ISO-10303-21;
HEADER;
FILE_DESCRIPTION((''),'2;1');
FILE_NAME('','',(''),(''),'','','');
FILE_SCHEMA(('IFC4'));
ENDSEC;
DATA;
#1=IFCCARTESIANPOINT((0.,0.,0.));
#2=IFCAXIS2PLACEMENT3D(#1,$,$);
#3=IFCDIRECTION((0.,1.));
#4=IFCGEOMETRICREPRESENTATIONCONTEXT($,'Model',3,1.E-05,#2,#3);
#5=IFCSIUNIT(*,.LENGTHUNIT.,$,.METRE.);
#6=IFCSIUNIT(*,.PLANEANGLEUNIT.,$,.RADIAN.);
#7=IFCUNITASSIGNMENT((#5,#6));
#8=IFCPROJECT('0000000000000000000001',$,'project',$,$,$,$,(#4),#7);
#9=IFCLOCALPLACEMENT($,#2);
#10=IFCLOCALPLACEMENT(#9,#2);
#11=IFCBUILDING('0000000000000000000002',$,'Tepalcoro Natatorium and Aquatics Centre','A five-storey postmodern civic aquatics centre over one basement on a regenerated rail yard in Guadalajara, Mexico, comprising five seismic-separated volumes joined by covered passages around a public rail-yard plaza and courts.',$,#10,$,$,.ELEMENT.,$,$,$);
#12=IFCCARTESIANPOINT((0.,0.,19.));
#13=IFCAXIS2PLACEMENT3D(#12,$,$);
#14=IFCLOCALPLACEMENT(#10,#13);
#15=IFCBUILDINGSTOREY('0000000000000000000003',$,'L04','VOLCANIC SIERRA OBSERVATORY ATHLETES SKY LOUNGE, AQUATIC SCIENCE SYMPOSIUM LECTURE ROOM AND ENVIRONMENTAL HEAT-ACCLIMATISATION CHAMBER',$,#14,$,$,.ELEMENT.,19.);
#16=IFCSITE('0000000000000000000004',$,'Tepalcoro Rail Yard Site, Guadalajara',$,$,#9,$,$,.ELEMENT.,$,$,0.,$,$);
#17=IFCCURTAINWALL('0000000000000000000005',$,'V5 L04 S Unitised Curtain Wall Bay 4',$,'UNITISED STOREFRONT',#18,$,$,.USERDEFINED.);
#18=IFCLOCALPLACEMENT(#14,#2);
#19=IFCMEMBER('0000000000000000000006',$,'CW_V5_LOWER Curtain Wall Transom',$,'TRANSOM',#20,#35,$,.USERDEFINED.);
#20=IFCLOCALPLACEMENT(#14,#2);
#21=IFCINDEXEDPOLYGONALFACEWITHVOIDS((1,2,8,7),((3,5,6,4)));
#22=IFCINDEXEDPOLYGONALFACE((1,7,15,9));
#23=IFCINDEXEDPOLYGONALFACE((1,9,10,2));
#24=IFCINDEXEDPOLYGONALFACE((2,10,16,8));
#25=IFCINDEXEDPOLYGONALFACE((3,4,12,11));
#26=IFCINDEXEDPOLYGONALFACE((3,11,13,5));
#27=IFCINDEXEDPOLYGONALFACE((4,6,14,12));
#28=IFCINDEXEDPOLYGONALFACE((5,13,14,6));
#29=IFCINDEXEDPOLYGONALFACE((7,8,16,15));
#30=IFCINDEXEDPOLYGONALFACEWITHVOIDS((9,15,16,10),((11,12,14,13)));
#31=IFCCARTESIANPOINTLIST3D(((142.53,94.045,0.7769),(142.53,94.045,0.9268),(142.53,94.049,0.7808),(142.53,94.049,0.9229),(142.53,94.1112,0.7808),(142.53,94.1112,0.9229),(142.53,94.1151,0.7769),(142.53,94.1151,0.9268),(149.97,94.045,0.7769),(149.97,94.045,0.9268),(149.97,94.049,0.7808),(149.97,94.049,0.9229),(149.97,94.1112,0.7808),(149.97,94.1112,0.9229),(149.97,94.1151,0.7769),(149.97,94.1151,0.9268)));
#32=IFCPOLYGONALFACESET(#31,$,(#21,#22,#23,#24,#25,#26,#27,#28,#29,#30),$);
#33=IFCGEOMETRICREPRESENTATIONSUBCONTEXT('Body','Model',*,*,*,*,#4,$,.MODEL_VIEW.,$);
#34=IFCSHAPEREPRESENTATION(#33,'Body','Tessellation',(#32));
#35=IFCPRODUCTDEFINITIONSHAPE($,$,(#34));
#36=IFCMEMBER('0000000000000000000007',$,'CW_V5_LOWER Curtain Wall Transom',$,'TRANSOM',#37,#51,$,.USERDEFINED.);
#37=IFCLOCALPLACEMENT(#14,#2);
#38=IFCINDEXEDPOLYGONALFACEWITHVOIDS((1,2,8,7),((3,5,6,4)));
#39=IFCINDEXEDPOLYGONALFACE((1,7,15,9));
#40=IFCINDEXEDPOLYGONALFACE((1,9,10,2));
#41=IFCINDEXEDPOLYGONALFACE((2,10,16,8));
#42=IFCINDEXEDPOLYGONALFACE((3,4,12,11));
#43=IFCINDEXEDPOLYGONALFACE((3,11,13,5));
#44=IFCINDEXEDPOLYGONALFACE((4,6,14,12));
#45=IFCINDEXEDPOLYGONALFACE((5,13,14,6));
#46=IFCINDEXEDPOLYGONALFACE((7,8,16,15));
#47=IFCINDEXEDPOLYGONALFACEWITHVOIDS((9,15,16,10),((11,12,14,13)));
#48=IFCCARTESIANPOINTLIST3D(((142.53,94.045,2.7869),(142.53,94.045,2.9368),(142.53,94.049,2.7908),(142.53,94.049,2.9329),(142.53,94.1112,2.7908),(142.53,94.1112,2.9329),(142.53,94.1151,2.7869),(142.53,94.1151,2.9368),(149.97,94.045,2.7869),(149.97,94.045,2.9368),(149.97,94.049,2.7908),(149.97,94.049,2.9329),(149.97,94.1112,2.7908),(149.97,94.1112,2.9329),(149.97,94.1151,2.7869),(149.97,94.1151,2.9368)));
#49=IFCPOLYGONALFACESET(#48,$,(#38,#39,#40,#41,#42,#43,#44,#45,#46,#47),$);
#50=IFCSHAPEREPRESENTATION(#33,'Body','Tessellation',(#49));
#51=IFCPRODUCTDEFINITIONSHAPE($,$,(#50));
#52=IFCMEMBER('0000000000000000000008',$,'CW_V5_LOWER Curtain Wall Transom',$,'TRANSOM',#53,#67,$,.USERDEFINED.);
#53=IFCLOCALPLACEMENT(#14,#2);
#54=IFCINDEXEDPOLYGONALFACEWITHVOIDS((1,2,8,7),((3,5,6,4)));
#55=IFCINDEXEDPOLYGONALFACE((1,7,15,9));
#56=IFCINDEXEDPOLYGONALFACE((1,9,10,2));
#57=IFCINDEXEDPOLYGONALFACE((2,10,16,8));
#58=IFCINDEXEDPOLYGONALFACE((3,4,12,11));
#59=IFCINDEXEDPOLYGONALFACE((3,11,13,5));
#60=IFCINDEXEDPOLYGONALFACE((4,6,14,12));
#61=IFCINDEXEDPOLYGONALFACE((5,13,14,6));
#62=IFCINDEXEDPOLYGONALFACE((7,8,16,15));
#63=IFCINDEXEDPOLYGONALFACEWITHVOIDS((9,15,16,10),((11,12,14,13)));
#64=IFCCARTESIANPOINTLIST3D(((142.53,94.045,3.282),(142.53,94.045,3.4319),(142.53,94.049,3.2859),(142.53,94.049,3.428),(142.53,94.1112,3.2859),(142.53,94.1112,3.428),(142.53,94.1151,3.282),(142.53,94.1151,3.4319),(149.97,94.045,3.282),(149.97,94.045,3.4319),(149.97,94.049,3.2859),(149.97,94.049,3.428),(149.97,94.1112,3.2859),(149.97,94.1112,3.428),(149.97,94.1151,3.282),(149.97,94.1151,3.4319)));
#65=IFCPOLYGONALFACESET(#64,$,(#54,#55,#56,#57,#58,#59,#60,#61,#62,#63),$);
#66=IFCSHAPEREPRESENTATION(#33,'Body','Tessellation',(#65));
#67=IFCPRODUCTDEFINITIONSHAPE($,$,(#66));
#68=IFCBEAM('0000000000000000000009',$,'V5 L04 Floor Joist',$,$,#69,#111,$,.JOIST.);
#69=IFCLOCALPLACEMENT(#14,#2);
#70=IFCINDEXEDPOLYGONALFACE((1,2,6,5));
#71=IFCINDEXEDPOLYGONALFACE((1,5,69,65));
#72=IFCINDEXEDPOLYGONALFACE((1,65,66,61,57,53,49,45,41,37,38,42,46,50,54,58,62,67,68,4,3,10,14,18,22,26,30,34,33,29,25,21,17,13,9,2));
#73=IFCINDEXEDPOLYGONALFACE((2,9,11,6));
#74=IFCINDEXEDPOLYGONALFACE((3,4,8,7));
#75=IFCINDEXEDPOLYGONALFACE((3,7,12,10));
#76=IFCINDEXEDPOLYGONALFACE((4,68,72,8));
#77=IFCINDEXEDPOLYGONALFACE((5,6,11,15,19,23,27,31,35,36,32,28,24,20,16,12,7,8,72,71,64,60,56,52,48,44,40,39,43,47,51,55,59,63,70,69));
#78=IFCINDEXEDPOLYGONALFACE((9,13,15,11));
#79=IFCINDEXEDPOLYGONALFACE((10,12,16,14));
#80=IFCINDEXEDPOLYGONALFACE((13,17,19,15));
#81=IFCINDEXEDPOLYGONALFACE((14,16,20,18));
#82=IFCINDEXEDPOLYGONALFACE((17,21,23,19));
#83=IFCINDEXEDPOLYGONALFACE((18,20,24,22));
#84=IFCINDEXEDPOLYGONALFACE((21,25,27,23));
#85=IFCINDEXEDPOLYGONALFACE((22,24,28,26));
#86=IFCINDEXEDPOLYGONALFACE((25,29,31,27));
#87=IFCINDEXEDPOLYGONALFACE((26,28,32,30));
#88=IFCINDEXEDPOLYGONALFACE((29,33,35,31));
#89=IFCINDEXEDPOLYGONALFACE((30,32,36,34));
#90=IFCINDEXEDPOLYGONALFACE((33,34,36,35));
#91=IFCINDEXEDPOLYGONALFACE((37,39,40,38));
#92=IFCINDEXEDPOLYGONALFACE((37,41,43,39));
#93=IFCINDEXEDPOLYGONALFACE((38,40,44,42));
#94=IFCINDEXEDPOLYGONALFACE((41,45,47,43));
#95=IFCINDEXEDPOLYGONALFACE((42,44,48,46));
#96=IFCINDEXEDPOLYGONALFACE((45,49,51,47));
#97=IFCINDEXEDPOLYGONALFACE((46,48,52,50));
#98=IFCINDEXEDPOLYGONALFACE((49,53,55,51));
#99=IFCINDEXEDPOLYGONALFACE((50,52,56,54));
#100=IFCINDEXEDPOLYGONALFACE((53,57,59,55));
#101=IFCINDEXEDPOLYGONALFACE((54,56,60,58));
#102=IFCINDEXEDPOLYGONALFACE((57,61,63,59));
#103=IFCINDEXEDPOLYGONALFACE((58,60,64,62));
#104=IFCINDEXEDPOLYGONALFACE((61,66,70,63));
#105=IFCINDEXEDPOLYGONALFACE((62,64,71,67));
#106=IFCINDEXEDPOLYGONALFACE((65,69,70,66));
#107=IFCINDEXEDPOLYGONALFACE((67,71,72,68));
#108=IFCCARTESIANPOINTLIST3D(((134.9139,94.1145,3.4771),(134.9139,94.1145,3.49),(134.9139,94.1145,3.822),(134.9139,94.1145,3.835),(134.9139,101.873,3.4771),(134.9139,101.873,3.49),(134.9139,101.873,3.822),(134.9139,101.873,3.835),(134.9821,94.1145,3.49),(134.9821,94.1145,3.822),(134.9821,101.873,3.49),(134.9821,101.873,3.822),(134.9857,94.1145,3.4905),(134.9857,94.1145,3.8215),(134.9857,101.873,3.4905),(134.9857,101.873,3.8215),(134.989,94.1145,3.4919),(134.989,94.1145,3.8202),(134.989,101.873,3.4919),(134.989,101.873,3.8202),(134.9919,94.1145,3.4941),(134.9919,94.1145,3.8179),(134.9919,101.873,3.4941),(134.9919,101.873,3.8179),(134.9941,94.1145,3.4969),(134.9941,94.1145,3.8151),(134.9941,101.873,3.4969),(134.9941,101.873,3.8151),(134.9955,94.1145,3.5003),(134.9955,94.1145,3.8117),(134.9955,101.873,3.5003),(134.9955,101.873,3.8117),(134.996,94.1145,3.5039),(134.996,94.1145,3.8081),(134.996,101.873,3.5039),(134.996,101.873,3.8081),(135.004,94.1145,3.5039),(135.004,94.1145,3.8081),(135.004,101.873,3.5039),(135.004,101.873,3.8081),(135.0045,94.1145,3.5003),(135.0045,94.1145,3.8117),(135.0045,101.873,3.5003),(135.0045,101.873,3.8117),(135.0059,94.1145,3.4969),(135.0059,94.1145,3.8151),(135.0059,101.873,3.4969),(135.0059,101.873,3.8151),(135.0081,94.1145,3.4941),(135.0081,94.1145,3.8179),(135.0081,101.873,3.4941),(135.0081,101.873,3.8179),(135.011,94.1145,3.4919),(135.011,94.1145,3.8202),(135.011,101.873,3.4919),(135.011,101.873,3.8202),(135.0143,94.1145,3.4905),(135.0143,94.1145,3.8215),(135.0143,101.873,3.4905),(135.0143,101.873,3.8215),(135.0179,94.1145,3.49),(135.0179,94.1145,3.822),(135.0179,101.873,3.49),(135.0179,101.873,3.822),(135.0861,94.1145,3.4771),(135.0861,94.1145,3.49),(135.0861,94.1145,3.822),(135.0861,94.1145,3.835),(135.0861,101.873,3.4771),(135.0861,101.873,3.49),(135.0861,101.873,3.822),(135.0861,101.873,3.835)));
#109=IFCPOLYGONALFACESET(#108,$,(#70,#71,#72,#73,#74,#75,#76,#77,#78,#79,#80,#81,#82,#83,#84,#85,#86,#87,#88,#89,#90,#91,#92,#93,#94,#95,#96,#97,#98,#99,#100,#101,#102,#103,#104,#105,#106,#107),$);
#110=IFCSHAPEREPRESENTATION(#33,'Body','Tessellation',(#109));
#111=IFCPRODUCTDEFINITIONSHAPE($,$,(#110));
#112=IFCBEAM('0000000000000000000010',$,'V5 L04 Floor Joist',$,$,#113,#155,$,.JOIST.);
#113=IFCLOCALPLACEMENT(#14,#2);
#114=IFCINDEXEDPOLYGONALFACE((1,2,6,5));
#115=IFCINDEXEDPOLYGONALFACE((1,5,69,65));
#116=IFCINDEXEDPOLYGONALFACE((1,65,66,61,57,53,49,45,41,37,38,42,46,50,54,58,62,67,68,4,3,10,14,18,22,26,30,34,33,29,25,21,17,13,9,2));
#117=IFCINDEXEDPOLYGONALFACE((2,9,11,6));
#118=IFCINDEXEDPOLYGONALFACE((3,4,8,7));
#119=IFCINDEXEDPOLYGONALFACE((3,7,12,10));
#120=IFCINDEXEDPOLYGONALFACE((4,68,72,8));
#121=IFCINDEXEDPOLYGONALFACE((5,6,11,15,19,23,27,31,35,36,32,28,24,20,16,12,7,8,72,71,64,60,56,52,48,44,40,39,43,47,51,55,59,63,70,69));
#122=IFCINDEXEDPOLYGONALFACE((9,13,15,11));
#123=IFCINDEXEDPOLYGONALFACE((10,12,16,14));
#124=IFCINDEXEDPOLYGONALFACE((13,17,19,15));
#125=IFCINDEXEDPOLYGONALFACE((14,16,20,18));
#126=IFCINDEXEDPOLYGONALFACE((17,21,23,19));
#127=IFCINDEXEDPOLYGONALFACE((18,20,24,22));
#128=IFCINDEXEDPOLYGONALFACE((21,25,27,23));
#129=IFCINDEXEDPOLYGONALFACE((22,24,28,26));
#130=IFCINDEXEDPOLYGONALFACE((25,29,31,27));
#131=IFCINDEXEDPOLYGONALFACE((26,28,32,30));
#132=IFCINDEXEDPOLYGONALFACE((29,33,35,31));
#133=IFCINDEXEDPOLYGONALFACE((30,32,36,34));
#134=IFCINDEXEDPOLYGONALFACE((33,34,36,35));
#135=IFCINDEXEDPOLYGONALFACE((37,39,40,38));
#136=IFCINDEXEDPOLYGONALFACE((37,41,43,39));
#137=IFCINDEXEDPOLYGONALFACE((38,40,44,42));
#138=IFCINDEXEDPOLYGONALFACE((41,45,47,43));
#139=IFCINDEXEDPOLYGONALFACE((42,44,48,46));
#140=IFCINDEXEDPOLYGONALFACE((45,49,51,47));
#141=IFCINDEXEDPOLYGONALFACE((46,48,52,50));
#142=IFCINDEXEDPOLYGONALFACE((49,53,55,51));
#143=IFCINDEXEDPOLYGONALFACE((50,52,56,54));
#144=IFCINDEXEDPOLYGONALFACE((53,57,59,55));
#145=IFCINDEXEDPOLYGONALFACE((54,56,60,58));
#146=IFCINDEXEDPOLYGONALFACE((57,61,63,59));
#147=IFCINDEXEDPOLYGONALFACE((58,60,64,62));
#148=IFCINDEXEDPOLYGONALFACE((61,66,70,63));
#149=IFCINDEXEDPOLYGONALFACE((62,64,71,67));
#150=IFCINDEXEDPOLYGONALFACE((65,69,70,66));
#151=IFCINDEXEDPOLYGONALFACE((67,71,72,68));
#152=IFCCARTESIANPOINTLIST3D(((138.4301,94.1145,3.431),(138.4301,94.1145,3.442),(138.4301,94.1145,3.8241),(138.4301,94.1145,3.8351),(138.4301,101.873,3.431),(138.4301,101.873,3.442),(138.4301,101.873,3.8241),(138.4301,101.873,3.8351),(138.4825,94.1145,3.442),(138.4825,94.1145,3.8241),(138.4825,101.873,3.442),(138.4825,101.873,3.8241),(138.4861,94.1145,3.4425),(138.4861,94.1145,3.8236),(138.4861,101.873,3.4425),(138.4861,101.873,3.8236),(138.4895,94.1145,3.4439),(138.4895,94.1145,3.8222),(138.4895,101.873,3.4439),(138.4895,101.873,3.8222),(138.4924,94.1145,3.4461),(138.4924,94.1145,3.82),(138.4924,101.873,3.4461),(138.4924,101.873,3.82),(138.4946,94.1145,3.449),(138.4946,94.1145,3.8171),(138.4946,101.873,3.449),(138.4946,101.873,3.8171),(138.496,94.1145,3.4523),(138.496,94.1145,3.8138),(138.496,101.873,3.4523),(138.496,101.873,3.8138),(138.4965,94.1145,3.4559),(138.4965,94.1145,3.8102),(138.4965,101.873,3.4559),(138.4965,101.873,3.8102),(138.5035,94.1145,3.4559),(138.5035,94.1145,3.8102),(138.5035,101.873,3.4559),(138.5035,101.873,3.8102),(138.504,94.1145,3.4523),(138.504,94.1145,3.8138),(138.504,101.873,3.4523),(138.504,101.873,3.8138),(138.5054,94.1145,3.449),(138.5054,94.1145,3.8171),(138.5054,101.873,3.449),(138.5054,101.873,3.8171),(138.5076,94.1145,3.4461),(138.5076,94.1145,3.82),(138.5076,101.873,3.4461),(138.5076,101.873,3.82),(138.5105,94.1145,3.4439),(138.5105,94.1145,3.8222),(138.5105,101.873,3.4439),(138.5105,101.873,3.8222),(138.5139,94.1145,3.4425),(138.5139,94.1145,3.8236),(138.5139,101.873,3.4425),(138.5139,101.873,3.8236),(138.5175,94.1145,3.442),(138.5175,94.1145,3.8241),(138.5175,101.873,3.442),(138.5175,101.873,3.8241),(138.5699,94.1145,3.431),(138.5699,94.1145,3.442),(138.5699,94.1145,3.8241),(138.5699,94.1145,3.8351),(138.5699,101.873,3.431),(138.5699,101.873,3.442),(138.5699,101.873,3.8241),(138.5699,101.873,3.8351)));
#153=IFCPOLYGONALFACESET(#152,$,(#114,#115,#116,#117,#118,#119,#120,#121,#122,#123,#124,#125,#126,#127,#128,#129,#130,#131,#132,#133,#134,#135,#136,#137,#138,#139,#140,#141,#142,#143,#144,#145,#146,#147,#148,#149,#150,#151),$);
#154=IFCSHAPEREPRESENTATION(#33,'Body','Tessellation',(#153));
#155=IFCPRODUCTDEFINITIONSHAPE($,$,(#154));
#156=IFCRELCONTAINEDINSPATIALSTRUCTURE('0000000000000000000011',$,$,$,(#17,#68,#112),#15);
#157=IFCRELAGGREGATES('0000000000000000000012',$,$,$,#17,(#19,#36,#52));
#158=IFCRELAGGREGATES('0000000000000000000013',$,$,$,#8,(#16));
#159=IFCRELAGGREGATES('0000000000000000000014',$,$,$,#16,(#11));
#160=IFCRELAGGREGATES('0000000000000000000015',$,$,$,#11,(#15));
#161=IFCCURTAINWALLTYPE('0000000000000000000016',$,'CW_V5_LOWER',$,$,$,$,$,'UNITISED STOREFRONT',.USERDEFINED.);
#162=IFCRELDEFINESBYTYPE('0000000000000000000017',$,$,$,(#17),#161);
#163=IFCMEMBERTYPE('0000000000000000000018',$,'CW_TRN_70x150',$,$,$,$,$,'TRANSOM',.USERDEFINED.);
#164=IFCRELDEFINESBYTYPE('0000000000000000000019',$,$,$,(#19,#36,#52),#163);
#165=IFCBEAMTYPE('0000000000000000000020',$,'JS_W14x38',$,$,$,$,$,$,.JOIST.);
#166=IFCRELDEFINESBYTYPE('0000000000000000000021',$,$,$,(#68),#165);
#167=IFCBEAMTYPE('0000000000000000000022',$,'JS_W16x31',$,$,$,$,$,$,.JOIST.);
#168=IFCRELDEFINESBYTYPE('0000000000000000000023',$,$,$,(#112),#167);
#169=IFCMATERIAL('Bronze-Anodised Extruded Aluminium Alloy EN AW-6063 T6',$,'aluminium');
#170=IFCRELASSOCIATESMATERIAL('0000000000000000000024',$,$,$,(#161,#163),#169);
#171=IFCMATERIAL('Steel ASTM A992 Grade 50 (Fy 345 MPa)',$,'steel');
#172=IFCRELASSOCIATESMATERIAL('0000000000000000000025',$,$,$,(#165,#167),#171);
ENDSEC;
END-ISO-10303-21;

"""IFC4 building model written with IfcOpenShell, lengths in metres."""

from ifc_helpers import new_model, si_unit, direction, frame, origin, origin_2d, place, context, subcontext, project, spatial, hollow_rectangle, i_section, extrude, material, material_profile, profile_set, type_object, element, aggregate, save


model = new_model("IFC4")

# Units and contexts
model_context = context("Model", 3, precision=1e-05, world=origin(), true_north=direction((0.0, 1.0)))
body_context = subcontext(model_context, "Body", "Model", "MODEL_VIEW")
ifc_project = project(units=[si_unit("LENGTHUNIT", "METRE"), si_unit("PLANEANGLEUNIT", "RADIAN")], contexts=[model_context])

# Site, building, storey
site_placement = place(None, origin())
site = spatial("IfcSite", under=ifc_project, at=site_placement, Name="Tepalcoro Rail Yard Site, Guadalajara", CompositionType="ELEMENT", RefElevation=0.0)
building_placement = place(site_placement, origin())
building = spatial("IfcBuilding", under=site, at=building_placement, Name="Tepalcoro Natatorium and Aquatics Centre", Description="A five-storey postmodern civic aquatics centre over one basement on a regenerated rail yard in Guadalajara, Mexico, comprising five seismic-separated volumes joined by covered passages around a public rail-yard plaza and courts.", CompositionType="ELEMENT")
storey_placement = place(building_placement, frame((0.0, 0.0, 19.0)))
storey = spatial("IfcBuildingStorey", under=building, at=storey_placement, Name="L04", Description="VOLCANIC SIERRA OBSERVATORY ATHLETES SKY LOUNGE, AQUATIC SCIENCE SYMPOSIUM LECTURE ROOM AND ENVIRONMENTAL HEAT-ACCLIMATISATION CHAMBER", CompositionType="ELEMENT", Elevation=19.0)

# Shared definitions
ifc_material_1 = material(Name="Steel ASTM A992 Grade 50 (Fy 345 MPa)", Category="steel")

# Curtain wall, members
ifc_material_2 = material(Name="Bronze-Anodised Extruded Aluminium Alloy EN AW-6063 T6", Category="aluminium")
curtain_wall_type_1 = type_object("IfcCurtainWallType", Name="CW_V5_LOWER", ElementType="UNITISED STOREFRONT", PredefinedType="USERDEFINED", material=ifc_material_2)
curtain_wall_1_placement = place(storey_placement, origin())
curtain_wall_1 = element("IfcCurtainWall", 1, at=curtain_wall_1_placement, inside=storey, type_object=curtain_wall_type_1, Name="V5 L04 S Unitised Curtain Wall Bay 4", ObjectType="UNITISED STOREFRONT", PredefinedType="USERDEFINED")
ifc_material_profile_1 = material_profile(ifc_material_2, hollow_rectangle(XDim=0.0701, YDim=0.1499, WallThickness=0.0039, at=origin_2d()), Name="AL70X150X4")
ifc_profile_set_1 = profile_set([ifc_material_profile_1], Name="Bronze-Anodised Extruded Aluminium Alloy EN AW-6063 T6")
member_type_1 = type_object("IfcMemberType", Name="CW_TRN_70x150", ElementType="TRANSOM", PredefinedType="USERDEFINED", material=ifc_profile_set_1)
member_1_placement = place(storey_placement, frame((142.53, 94.0801, 0.8518), z_axis=(1.0, 0.0, 0.0), x_axis=(0.0, 1.0, 0.0)))
member_1 = element("IfcMember", 2, at=member_1_placement, type_object=member_type_1, Name="CW_V5_LOWER Curtain Wall Transom", ObjectType="TRANSOM", PredefinedType="USERDEFINED", context=body_context, shape_type="SweptSolid", body=[
    extrude(hollow_rectangle(XDim=0.0701, YDim=0.1499, WallThickness=0.0039, at=origin_2d()), origin(), (0.0, 0.0, 1.0), 7.4399),
])
member_2_placement = place(storey_placement, frame((142.53, 94.0801, 2.8618), z_axis=(1.0, 0.0, 0.0), x_axis=(0.0, 1.0, 0.0)))
member_2 = element("IfcMember", 3, at=member_2_placement, type_object=member_type_1, Name="CW_V5_LOWER Curtain Wall Transom", ObjectType="TRANSOM", PredefinedType="USERDEFINED", context=body_context, shape_type="SweptSolid", body=[
    extrude(hollow_rectangle(XDim=0.0701, YDim=0.1499, WallThickness=0.0039, at=origin_2d()), origin(), (0.0, 0.0, 1.0), 7.4399),
])
member_3_placement = place(storey_placement, frame((142.53, 94.0801, 3.3569), z_axis=(1.0, 0.0, 0.0), x_axis=(0.0, 1.0, 0.0)))
member_3 = element("IfcMember", 4, at=member_3_placement, type_object=member_type_1, Name="CW_V5_LOWER Curtain Wall Transom", ObjectType="TRANSOM", PredefinedType="USERDEFINED", context=body_context, shape_type="SweptSolid", body=[
    extrude(hollow_rectangle(XDim=0.0701, YDim=0.1499, WallThickness=0.0039, at=origin_2d()), origin(), (0.0, 0.0, 1.0), 7.4399),
])

# Beams
ifc_material_profile_2 = material_profile(ifc_material_1, i_section(OverallWidth=0.1721, OverallDepth=0.3579, WebThickness=0.0081, FlangeThickness=0.0129, FilletRadius=0.0139, at=origin_2d()), Name="W14X38")
ifc_profile_set_2 = profile_set([ifc_material_profile_2], Name="Steel ASTM A992 Grade 50 (Fy 345 MPa)")
beam_type_1 = type_object("IfcBeamType", Name="JS_W14x38", PredefinedType="JOIST", material=ifc_profile_set_2)
beam_1_placement = place(storey_placement, frame((135.0, 94.1145, 3.656), z_axis=(0.0, 1.0, 0.0), x_axis=(-1.0, 0.0, 0.0)))
element("IfcBeam", 5, at=beam_1_placement, inside=storey, type_object=beam_type_1, Name="V5 L04 Floor Joist", PredefinedType="JOIST", context=body_context, shape_type="SweptSolid", body=[
    extrude(i_section(OverallWidth=0.1721, OverallDepth=0.3579, WebThickness=0.0081, FlangeThickness=0.0129, FilletRadius=0.0139, at=origin_2d()), origin(), (0.0, 0.0, 1.0), 7.7585),
])
ifc_material_profile_3 = material_profile(ifc_material_1, i_section(OverallWidth=0.1399, OverallDepth=0.4041, WebThickness=0.0071, FlangeThickness=0.011, FilletRadius=0.0139, at=origin_2d()), Name="W16X31")
ifc_profile_set_3 = profile_set([ifc_material_profile_3], Name="Steel ASTM A992 Grade 50 (Fy 345 MPa)")
beam_type_2 = type_object("IfcBeamType", Name="JS_W16x31", PredefinedType="JOIST", material=ifc_profile_set_3)
beam_2_placement = place(storey_placement, frame((138.5, 94.1145, 3.6331), z_axis=(0.0, 1.0, 0.0), x_axis=(-1.0, 0.0, 0.0)))
element("IfcBeam", 6, at=beam_2_placement, inside=storey, type_object=beam_type_2, Name="V5 L04 Floor Joist", PredefinedType="JOIST", context=body_context, shape_type="SweptSolid", body=[
    extrude(i_section(OverallWidth=0.1399, OverallDepth=0.4041, WebThickness=0.0071, FlangeThickness=0.011, FilletRadius=0.0139, at=origin_2d()), origin(), (0.0, 0.0, 1.0), 7.7585),
])

aggregate(curtain_wall_1, [member_1, member_2, member_3])

save(model, "model.ifc")
